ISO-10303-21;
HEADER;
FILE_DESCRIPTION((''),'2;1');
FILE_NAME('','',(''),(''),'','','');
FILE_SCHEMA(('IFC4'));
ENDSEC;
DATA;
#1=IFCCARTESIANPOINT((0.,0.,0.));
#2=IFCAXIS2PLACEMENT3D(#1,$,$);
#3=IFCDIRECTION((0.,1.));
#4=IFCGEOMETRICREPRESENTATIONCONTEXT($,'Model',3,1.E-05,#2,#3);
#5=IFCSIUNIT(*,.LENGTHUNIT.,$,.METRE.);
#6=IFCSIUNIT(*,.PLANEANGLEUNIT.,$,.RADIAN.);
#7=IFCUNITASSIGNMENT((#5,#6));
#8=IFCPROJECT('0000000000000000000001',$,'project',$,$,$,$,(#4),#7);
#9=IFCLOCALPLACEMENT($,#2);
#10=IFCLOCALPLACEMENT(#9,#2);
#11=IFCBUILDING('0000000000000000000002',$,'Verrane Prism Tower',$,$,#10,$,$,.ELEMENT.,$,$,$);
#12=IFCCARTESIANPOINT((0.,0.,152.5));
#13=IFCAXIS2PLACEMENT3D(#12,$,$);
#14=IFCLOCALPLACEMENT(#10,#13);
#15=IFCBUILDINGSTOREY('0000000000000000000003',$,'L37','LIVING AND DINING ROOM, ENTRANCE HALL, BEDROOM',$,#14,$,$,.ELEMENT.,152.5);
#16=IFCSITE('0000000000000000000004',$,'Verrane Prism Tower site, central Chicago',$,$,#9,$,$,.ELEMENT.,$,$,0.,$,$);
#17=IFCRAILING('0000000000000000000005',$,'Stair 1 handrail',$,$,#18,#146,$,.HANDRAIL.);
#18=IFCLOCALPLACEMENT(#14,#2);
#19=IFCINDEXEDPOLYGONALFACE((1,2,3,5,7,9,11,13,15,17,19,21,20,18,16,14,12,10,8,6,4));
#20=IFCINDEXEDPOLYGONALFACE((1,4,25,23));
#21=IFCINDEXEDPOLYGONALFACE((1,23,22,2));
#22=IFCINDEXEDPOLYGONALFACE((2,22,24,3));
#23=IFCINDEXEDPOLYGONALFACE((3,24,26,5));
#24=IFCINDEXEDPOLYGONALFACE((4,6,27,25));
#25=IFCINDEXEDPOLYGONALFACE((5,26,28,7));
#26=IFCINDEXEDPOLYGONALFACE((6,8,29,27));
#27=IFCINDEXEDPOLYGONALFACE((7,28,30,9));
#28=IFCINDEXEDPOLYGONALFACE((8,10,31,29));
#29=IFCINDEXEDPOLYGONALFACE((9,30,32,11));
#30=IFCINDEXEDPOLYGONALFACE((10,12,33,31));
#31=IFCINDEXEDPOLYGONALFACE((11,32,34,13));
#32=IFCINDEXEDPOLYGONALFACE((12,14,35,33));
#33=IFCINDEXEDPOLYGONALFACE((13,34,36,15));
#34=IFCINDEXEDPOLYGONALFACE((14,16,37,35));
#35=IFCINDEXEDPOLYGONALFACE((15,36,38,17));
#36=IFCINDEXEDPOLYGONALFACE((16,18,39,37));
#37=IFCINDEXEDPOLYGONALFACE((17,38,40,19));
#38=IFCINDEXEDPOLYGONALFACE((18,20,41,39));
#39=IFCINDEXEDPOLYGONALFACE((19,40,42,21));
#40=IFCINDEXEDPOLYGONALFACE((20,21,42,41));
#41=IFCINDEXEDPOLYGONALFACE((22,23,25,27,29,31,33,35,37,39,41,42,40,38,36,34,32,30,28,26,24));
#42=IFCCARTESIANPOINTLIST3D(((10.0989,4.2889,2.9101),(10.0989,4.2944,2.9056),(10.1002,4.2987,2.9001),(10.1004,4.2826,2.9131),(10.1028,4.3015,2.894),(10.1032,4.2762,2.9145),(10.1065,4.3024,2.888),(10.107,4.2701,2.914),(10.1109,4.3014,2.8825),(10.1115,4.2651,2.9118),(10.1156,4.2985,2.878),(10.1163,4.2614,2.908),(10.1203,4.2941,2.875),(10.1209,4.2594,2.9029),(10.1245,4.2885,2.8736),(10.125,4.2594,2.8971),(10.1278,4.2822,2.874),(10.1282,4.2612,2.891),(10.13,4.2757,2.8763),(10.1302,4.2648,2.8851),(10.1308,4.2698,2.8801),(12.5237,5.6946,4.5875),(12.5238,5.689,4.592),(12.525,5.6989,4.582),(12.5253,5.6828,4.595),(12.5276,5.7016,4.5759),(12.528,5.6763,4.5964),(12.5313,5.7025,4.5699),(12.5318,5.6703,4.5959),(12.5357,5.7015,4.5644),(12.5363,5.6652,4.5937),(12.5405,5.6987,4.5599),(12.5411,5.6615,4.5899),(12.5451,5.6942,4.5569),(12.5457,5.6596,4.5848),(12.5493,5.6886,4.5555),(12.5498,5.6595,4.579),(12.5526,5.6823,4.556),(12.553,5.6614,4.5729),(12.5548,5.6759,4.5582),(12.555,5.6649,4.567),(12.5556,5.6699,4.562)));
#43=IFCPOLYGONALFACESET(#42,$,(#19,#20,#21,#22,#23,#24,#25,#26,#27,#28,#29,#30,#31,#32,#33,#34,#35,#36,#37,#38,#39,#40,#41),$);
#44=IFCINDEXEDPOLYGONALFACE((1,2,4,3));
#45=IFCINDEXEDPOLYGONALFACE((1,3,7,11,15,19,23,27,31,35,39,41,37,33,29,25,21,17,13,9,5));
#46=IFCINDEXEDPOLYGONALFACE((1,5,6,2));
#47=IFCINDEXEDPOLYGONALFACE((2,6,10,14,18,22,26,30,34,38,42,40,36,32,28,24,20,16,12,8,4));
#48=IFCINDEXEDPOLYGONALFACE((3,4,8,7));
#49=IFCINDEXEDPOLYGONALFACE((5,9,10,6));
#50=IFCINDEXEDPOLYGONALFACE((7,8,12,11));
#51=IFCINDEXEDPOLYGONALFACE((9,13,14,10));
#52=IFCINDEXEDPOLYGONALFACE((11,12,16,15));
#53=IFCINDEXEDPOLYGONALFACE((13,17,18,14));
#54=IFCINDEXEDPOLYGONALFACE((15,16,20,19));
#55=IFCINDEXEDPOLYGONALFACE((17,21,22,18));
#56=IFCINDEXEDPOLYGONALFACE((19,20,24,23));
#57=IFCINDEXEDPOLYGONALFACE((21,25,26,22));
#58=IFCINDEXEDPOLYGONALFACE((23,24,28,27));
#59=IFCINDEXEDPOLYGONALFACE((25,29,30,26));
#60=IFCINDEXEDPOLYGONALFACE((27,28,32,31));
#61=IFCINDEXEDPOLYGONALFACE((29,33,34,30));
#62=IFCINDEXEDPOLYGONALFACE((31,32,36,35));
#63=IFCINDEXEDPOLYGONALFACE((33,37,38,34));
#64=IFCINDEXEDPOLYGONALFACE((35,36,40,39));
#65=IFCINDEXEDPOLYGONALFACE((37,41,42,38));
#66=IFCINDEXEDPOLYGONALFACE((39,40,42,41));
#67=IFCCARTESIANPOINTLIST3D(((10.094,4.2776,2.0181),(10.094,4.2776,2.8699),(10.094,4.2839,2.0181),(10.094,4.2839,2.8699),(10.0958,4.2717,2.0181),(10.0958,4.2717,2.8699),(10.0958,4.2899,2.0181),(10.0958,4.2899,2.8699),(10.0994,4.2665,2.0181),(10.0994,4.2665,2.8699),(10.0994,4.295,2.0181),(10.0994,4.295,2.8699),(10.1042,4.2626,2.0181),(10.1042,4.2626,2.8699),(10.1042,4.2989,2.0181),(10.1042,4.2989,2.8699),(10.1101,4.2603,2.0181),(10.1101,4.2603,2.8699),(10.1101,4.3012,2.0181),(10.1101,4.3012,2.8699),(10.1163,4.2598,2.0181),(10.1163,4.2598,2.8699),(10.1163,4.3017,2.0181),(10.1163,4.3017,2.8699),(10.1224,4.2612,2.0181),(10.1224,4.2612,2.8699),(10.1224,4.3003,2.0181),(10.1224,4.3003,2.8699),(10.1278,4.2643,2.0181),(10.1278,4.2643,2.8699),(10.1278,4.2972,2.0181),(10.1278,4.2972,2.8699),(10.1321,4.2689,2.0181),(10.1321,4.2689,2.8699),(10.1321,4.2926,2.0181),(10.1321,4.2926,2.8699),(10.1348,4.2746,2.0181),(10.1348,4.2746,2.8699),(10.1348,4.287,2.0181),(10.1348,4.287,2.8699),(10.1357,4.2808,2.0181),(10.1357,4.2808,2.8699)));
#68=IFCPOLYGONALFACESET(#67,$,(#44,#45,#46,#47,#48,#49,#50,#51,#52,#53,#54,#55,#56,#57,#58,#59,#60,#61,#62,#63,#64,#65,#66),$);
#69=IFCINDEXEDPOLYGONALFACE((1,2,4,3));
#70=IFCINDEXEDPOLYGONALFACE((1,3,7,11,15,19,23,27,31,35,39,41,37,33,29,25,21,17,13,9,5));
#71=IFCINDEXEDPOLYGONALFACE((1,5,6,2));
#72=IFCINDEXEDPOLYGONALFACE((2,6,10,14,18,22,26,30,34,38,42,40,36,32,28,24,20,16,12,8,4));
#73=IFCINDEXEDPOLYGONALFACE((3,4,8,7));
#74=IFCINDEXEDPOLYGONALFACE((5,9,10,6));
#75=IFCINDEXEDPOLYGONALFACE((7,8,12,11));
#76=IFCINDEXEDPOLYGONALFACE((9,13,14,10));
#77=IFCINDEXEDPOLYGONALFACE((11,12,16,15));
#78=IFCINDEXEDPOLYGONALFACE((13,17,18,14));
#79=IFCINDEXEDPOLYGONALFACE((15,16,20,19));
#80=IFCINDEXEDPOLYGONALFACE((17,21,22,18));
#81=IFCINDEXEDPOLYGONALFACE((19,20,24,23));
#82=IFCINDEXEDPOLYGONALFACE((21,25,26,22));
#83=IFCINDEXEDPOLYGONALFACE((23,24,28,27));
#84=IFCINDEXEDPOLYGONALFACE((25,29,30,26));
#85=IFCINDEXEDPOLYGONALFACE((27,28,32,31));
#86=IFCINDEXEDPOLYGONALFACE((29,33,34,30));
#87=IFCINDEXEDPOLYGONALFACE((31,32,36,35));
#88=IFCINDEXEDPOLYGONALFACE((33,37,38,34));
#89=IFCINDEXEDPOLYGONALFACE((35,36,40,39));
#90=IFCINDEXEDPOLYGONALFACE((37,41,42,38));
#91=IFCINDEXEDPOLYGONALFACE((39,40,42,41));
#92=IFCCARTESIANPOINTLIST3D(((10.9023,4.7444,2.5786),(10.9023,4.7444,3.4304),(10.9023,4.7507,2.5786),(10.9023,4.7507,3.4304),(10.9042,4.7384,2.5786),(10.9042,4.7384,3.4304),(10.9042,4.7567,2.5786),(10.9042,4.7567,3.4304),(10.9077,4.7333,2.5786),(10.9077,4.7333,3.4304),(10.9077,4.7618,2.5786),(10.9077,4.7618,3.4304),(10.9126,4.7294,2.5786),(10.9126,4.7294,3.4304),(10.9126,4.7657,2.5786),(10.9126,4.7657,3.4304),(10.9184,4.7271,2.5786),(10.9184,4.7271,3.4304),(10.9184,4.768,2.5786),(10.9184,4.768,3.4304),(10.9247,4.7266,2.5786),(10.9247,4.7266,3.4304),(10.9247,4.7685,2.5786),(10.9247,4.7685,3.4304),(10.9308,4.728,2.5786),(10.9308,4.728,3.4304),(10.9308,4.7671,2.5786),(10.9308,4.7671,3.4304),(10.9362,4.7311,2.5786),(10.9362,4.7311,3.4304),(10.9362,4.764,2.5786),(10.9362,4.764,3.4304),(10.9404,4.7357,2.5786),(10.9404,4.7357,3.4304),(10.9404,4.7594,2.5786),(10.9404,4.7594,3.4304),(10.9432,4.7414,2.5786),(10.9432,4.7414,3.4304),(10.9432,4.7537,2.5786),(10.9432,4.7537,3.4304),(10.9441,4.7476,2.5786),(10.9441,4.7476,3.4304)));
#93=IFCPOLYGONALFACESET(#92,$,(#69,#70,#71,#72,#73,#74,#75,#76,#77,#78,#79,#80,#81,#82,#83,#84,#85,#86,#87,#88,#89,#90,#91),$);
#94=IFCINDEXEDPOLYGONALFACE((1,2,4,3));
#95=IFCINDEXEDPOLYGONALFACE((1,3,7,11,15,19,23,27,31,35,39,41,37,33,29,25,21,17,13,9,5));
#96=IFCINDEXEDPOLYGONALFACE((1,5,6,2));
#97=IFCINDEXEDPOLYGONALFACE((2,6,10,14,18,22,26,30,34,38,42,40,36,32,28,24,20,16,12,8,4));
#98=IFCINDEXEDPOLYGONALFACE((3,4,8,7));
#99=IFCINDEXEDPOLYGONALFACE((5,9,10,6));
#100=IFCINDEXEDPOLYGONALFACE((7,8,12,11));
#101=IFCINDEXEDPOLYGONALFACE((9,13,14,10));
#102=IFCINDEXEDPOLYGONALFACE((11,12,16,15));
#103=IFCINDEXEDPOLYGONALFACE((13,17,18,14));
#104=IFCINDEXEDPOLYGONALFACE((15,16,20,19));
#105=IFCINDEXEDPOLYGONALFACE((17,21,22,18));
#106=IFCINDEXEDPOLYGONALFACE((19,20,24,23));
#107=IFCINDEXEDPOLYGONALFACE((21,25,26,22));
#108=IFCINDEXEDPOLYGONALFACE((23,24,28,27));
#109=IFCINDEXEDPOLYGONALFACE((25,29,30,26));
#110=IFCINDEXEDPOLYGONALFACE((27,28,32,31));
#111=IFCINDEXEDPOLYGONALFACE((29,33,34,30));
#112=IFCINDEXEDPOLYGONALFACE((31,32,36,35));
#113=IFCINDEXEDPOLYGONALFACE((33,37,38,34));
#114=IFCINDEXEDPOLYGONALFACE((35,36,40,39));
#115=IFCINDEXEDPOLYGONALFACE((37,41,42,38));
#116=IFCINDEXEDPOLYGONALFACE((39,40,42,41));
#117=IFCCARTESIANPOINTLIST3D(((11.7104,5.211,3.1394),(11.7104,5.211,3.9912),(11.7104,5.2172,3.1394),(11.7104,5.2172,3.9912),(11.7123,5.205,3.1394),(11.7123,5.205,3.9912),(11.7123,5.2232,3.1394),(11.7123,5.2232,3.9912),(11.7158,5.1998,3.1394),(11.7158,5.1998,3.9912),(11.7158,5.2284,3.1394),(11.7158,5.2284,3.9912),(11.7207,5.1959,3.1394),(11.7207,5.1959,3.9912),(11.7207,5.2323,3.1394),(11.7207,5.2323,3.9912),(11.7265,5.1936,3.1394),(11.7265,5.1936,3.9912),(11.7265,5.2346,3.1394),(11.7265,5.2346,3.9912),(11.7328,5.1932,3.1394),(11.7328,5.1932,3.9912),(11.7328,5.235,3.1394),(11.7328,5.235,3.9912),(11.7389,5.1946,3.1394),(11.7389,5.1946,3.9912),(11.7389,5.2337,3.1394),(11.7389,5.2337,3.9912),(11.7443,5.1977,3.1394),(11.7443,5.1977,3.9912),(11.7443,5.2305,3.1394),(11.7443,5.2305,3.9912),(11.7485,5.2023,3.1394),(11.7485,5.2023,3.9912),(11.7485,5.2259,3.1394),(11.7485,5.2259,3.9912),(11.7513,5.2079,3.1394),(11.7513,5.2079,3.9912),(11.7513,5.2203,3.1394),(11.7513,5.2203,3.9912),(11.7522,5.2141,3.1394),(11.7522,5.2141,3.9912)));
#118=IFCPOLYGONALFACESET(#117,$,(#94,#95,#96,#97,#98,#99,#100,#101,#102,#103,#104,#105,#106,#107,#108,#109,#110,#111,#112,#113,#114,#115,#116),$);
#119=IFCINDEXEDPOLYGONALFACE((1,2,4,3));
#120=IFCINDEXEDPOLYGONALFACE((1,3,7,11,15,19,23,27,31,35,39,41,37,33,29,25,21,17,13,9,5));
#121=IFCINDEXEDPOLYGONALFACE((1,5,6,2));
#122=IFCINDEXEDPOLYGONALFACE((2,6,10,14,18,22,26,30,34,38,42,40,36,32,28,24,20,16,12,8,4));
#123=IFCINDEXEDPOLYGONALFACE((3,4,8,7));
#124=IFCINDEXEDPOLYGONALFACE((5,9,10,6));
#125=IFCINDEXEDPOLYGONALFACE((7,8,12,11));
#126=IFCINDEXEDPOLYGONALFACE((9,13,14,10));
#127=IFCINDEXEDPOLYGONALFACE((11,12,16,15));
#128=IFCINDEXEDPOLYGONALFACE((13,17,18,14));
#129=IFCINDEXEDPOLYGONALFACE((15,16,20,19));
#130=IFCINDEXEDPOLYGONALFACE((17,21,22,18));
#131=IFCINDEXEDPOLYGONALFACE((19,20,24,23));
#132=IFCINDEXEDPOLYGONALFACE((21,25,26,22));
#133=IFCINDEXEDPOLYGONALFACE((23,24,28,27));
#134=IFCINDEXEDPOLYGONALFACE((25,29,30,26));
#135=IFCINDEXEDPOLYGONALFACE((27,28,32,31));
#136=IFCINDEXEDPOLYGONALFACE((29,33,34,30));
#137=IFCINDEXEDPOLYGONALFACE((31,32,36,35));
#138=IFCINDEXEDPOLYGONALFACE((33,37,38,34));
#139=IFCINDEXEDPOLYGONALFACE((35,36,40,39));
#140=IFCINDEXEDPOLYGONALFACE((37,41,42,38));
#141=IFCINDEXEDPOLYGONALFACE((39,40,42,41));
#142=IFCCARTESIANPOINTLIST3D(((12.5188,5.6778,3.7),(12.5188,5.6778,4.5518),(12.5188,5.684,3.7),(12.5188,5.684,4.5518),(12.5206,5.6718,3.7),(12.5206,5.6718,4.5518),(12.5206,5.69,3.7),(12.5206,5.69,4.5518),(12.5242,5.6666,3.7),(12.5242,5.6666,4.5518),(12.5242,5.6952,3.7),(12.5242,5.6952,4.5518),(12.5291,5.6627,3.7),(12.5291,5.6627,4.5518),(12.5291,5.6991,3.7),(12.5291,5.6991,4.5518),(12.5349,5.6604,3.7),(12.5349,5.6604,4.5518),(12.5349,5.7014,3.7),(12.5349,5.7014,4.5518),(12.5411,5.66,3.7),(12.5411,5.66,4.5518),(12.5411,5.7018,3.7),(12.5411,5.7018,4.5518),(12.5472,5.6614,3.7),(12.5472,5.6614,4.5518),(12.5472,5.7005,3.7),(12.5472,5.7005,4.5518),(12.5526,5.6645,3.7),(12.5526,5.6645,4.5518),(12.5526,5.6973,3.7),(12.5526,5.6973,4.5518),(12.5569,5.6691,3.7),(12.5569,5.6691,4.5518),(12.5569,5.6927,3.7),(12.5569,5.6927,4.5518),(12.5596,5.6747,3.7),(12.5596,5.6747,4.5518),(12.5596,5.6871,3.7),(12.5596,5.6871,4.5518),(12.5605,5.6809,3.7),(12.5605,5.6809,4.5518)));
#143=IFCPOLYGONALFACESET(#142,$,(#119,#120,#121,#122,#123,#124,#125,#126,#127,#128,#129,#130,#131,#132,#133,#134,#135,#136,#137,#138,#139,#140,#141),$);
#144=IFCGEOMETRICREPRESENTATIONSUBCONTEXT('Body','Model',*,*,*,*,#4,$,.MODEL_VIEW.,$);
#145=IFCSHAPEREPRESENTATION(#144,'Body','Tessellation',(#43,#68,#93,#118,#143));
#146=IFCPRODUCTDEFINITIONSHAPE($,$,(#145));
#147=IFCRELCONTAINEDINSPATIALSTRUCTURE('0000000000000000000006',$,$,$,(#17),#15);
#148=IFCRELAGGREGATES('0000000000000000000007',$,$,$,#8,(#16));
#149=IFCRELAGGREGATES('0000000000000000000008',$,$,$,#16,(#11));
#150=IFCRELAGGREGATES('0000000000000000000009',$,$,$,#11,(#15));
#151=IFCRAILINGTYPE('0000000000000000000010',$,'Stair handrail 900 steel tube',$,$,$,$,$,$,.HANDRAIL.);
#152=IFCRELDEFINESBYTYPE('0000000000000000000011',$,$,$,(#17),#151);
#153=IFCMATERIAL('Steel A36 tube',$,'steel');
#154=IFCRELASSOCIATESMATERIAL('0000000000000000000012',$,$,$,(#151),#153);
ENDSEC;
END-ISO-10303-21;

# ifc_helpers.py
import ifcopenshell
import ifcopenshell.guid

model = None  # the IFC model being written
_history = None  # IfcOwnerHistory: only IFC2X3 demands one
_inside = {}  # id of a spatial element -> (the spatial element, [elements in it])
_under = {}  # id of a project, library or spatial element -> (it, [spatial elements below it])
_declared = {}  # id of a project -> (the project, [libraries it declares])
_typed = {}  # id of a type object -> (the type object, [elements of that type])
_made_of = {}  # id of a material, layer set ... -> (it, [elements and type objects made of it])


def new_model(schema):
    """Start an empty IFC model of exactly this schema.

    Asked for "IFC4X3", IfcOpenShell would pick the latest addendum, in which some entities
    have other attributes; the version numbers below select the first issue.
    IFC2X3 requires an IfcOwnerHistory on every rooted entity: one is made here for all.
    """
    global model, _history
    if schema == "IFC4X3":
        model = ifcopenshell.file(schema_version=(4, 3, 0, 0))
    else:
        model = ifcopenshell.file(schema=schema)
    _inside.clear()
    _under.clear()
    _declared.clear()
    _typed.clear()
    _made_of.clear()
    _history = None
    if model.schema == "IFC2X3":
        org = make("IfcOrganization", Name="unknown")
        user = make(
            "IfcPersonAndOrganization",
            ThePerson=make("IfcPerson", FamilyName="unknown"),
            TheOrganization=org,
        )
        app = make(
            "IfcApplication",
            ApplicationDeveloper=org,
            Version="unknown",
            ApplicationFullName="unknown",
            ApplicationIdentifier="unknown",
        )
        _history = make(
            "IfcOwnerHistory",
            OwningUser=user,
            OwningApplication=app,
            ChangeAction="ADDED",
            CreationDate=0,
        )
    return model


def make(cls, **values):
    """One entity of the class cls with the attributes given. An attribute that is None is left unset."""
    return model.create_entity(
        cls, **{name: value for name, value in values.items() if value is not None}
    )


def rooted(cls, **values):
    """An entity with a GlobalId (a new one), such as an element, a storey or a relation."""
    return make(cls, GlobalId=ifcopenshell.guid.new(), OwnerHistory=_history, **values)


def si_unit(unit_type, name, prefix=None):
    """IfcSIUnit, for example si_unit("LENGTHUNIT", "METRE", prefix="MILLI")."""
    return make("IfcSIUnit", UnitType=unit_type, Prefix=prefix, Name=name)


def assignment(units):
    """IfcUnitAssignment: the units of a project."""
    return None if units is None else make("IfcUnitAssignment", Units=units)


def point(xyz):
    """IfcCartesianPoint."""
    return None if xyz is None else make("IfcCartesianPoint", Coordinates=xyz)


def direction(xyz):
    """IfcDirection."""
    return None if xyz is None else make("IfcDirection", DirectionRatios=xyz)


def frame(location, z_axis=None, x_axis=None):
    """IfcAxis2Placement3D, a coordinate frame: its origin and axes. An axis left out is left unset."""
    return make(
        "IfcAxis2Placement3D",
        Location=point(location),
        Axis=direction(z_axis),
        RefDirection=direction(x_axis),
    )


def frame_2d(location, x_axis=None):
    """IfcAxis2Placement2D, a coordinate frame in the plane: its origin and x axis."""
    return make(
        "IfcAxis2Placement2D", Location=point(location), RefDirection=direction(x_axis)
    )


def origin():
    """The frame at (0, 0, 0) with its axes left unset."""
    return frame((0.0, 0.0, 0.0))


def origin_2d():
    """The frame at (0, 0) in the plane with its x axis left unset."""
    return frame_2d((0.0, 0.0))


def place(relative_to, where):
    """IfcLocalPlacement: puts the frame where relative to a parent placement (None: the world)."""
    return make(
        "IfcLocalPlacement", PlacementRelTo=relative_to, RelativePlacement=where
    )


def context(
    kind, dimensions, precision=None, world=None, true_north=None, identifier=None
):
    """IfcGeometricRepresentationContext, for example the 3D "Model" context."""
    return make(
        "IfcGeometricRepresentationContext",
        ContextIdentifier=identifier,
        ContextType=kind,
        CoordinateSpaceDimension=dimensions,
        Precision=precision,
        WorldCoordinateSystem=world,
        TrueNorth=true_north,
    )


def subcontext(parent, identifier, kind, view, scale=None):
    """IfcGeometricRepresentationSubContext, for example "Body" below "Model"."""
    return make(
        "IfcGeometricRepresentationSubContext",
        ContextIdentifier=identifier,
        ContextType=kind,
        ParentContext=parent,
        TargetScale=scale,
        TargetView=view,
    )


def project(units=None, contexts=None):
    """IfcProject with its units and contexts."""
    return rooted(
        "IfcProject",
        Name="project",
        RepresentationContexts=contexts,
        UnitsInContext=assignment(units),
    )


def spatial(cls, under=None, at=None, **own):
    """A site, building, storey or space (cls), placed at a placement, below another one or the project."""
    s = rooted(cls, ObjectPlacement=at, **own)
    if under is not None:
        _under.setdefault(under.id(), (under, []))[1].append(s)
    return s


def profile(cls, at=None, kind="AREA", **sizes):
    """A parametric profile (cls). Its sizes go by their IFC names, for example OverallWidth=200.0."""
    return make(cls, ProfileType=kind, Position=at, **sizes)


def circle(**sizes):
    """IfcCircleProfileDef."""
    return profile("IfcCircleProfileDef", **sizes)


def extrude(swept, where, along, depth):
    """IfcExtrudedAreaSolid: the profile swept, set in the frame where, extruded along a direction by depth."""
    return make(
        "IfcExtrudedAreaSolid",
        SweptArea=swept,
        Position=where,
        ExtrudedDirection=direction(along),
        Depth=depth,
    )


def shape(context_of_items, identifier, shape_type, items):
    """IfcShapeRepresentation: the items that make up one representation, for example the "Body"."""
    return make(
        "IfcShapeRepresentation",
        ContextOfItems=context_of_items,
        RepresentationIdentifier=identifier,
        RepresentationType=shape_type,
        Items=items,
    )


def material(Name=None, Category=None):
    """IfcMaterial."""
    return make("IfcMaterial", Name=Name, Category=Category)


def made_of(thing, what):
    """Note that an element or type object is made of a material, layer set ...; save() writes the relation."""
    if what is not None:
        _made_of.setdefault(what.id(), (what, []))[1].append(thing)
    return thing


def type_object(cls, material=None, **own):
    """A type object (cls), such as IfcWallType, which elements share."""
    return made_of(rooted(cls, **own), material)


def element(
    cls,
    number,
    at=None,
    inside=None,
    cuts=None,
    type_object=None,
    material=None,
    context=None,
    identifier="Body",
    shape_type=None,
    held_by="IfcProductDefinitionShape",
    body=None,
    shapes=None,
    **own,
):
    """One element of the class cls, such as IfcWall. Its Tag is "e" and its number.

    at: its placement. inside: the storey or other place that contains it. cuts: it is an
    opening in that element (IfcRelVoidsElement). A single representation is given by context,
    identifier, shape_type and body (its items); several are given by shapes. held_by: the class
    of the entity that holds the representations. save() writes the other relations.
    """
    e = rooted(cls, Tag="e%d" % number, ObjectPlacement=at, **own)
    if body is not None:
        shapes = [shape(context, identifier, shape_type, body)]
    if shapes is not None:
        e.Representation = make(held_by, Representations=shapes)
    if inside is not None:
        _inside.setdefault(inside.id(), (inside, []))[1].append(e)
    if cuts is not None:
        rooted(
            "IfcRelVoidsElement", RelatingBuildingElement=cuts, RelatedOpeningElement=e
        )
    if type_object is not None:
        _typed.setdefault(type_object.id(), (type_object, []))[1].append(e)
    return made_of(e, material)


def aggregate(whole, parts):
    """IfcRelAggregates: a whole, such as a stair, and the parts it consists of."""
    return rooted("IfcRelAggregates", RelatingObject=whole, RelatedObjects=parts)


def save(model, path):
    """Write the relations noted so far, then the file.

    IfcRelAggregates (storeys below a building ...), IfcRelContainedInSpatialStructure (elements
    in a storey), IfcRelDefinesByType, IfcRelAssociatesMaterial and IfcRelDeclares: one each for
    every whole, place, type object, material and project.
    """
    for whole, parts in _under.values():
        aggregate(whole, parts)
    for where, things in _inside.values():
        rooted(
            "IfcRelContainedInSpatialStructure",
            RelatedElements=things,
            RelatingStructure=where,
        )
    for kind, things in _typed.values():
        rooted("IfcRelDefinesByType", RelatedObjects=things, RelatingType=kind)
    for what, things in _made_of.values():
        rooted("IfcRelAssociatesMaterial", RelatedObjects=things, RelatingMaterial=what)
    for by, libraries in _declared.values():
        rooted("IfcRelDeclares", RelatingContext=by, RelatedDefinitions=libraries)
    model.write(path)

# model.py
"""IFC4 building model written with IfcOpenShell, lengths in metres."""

from ifc_helpers import new_model, si_unit, direction, frame, origin, origin_2d, place, context, subcontext, project, spatial, circle, extrude, material, type_object, element, save


model = new_model("IFC4")

# Units and contexts
model_context = context("Model", 3, precision=1e-05, world=origin(), true_north=direction((0.0, 1.0)))
body_context = subcontext(model_context, "Body", "Model", "MODEL_VIEW")
ifc_project = project(units=[si_unit("LENGTHUNIT", "METRE"), si_unit("PLANEANGLEUNIT", "RADIAN")], contexts=[model_context])

# Site, building, storey
site_placement = place(None, origin())
site = spatial("IfcSite", under=ifc_project, at=site_placement, Name="Verrane Prism Tower site, central Chicago", CompositionType="ELEMENT", RefElevation=0.0)
building_placement = place(site_placement, origin())
building = spatial("IfcBuilding", under=site, at=building_placement, Name="Verrane Prism Tower", CompositionType="ELEMENT")
storey_placement = place(building_placement, frame((0.0, 0.0, 152.5)))
storey = spatial("IfcBuildingStorey", under=building, at=storey_placement, Name="L37", Description="LIVING AND DINING ROOM, ENTRANCE HALL, BEDROOM", CompositionType="ELEMENT", Elevation=152.5)

# Railing
ifc_material_1 = material(Name="Steel A36 tube", Category="steel")
railing_type_1 = type_object("IfcRailingType", Name="Stair handrail 900 steel tube", PredefinedType="HANDRAIL", material=ifc_material_1)
railing_1_placement = place(storey_placement, frame((10.1147, 4.2808, 2.0181)))
element("IfcRailing", 1, at=railing_1_placement, inside=storey, type_object=railing_type_1, Name="Stair 1 handrail", PredefinedType="HANDRAIL", context=body_context, shape_type="SweptSolid", body=[
    extrude(circle(Radius=0.0239, at=origin_2d()), frame((0.0, 0.0, 0.876), z_axis=(0.742367, 0.428662, 0.514918), x_axis=(-0.50005, 0.865997, 0.0)), (0.0, 0.0, 1.0), 3.2664),
    extrude(circle(Radius=0.021, at=origin_2d()), origin(), (0.0, 0.0, 1.0), 0.8518),
    extrude(circle(Radius=0.021, at=origin_2d()), frame((0.8083, 0.4668, 0.5605)), (0.0, 0.0, 1.0), 0.8518),
    extrude(circle(Radius=0.021, at=origin_2d()), frame((1.6165, 0.9333, 1.1213)), (0.0, 0.0, 1.0), 0.8518),
    extrude(circle(Radius=0.021, at=origin_2d()), frame((2.4248, 1.4001, 1.6819)), (0.0, 0.0, 1.0), 0.8518),
])

save(model, "model.ifc")
